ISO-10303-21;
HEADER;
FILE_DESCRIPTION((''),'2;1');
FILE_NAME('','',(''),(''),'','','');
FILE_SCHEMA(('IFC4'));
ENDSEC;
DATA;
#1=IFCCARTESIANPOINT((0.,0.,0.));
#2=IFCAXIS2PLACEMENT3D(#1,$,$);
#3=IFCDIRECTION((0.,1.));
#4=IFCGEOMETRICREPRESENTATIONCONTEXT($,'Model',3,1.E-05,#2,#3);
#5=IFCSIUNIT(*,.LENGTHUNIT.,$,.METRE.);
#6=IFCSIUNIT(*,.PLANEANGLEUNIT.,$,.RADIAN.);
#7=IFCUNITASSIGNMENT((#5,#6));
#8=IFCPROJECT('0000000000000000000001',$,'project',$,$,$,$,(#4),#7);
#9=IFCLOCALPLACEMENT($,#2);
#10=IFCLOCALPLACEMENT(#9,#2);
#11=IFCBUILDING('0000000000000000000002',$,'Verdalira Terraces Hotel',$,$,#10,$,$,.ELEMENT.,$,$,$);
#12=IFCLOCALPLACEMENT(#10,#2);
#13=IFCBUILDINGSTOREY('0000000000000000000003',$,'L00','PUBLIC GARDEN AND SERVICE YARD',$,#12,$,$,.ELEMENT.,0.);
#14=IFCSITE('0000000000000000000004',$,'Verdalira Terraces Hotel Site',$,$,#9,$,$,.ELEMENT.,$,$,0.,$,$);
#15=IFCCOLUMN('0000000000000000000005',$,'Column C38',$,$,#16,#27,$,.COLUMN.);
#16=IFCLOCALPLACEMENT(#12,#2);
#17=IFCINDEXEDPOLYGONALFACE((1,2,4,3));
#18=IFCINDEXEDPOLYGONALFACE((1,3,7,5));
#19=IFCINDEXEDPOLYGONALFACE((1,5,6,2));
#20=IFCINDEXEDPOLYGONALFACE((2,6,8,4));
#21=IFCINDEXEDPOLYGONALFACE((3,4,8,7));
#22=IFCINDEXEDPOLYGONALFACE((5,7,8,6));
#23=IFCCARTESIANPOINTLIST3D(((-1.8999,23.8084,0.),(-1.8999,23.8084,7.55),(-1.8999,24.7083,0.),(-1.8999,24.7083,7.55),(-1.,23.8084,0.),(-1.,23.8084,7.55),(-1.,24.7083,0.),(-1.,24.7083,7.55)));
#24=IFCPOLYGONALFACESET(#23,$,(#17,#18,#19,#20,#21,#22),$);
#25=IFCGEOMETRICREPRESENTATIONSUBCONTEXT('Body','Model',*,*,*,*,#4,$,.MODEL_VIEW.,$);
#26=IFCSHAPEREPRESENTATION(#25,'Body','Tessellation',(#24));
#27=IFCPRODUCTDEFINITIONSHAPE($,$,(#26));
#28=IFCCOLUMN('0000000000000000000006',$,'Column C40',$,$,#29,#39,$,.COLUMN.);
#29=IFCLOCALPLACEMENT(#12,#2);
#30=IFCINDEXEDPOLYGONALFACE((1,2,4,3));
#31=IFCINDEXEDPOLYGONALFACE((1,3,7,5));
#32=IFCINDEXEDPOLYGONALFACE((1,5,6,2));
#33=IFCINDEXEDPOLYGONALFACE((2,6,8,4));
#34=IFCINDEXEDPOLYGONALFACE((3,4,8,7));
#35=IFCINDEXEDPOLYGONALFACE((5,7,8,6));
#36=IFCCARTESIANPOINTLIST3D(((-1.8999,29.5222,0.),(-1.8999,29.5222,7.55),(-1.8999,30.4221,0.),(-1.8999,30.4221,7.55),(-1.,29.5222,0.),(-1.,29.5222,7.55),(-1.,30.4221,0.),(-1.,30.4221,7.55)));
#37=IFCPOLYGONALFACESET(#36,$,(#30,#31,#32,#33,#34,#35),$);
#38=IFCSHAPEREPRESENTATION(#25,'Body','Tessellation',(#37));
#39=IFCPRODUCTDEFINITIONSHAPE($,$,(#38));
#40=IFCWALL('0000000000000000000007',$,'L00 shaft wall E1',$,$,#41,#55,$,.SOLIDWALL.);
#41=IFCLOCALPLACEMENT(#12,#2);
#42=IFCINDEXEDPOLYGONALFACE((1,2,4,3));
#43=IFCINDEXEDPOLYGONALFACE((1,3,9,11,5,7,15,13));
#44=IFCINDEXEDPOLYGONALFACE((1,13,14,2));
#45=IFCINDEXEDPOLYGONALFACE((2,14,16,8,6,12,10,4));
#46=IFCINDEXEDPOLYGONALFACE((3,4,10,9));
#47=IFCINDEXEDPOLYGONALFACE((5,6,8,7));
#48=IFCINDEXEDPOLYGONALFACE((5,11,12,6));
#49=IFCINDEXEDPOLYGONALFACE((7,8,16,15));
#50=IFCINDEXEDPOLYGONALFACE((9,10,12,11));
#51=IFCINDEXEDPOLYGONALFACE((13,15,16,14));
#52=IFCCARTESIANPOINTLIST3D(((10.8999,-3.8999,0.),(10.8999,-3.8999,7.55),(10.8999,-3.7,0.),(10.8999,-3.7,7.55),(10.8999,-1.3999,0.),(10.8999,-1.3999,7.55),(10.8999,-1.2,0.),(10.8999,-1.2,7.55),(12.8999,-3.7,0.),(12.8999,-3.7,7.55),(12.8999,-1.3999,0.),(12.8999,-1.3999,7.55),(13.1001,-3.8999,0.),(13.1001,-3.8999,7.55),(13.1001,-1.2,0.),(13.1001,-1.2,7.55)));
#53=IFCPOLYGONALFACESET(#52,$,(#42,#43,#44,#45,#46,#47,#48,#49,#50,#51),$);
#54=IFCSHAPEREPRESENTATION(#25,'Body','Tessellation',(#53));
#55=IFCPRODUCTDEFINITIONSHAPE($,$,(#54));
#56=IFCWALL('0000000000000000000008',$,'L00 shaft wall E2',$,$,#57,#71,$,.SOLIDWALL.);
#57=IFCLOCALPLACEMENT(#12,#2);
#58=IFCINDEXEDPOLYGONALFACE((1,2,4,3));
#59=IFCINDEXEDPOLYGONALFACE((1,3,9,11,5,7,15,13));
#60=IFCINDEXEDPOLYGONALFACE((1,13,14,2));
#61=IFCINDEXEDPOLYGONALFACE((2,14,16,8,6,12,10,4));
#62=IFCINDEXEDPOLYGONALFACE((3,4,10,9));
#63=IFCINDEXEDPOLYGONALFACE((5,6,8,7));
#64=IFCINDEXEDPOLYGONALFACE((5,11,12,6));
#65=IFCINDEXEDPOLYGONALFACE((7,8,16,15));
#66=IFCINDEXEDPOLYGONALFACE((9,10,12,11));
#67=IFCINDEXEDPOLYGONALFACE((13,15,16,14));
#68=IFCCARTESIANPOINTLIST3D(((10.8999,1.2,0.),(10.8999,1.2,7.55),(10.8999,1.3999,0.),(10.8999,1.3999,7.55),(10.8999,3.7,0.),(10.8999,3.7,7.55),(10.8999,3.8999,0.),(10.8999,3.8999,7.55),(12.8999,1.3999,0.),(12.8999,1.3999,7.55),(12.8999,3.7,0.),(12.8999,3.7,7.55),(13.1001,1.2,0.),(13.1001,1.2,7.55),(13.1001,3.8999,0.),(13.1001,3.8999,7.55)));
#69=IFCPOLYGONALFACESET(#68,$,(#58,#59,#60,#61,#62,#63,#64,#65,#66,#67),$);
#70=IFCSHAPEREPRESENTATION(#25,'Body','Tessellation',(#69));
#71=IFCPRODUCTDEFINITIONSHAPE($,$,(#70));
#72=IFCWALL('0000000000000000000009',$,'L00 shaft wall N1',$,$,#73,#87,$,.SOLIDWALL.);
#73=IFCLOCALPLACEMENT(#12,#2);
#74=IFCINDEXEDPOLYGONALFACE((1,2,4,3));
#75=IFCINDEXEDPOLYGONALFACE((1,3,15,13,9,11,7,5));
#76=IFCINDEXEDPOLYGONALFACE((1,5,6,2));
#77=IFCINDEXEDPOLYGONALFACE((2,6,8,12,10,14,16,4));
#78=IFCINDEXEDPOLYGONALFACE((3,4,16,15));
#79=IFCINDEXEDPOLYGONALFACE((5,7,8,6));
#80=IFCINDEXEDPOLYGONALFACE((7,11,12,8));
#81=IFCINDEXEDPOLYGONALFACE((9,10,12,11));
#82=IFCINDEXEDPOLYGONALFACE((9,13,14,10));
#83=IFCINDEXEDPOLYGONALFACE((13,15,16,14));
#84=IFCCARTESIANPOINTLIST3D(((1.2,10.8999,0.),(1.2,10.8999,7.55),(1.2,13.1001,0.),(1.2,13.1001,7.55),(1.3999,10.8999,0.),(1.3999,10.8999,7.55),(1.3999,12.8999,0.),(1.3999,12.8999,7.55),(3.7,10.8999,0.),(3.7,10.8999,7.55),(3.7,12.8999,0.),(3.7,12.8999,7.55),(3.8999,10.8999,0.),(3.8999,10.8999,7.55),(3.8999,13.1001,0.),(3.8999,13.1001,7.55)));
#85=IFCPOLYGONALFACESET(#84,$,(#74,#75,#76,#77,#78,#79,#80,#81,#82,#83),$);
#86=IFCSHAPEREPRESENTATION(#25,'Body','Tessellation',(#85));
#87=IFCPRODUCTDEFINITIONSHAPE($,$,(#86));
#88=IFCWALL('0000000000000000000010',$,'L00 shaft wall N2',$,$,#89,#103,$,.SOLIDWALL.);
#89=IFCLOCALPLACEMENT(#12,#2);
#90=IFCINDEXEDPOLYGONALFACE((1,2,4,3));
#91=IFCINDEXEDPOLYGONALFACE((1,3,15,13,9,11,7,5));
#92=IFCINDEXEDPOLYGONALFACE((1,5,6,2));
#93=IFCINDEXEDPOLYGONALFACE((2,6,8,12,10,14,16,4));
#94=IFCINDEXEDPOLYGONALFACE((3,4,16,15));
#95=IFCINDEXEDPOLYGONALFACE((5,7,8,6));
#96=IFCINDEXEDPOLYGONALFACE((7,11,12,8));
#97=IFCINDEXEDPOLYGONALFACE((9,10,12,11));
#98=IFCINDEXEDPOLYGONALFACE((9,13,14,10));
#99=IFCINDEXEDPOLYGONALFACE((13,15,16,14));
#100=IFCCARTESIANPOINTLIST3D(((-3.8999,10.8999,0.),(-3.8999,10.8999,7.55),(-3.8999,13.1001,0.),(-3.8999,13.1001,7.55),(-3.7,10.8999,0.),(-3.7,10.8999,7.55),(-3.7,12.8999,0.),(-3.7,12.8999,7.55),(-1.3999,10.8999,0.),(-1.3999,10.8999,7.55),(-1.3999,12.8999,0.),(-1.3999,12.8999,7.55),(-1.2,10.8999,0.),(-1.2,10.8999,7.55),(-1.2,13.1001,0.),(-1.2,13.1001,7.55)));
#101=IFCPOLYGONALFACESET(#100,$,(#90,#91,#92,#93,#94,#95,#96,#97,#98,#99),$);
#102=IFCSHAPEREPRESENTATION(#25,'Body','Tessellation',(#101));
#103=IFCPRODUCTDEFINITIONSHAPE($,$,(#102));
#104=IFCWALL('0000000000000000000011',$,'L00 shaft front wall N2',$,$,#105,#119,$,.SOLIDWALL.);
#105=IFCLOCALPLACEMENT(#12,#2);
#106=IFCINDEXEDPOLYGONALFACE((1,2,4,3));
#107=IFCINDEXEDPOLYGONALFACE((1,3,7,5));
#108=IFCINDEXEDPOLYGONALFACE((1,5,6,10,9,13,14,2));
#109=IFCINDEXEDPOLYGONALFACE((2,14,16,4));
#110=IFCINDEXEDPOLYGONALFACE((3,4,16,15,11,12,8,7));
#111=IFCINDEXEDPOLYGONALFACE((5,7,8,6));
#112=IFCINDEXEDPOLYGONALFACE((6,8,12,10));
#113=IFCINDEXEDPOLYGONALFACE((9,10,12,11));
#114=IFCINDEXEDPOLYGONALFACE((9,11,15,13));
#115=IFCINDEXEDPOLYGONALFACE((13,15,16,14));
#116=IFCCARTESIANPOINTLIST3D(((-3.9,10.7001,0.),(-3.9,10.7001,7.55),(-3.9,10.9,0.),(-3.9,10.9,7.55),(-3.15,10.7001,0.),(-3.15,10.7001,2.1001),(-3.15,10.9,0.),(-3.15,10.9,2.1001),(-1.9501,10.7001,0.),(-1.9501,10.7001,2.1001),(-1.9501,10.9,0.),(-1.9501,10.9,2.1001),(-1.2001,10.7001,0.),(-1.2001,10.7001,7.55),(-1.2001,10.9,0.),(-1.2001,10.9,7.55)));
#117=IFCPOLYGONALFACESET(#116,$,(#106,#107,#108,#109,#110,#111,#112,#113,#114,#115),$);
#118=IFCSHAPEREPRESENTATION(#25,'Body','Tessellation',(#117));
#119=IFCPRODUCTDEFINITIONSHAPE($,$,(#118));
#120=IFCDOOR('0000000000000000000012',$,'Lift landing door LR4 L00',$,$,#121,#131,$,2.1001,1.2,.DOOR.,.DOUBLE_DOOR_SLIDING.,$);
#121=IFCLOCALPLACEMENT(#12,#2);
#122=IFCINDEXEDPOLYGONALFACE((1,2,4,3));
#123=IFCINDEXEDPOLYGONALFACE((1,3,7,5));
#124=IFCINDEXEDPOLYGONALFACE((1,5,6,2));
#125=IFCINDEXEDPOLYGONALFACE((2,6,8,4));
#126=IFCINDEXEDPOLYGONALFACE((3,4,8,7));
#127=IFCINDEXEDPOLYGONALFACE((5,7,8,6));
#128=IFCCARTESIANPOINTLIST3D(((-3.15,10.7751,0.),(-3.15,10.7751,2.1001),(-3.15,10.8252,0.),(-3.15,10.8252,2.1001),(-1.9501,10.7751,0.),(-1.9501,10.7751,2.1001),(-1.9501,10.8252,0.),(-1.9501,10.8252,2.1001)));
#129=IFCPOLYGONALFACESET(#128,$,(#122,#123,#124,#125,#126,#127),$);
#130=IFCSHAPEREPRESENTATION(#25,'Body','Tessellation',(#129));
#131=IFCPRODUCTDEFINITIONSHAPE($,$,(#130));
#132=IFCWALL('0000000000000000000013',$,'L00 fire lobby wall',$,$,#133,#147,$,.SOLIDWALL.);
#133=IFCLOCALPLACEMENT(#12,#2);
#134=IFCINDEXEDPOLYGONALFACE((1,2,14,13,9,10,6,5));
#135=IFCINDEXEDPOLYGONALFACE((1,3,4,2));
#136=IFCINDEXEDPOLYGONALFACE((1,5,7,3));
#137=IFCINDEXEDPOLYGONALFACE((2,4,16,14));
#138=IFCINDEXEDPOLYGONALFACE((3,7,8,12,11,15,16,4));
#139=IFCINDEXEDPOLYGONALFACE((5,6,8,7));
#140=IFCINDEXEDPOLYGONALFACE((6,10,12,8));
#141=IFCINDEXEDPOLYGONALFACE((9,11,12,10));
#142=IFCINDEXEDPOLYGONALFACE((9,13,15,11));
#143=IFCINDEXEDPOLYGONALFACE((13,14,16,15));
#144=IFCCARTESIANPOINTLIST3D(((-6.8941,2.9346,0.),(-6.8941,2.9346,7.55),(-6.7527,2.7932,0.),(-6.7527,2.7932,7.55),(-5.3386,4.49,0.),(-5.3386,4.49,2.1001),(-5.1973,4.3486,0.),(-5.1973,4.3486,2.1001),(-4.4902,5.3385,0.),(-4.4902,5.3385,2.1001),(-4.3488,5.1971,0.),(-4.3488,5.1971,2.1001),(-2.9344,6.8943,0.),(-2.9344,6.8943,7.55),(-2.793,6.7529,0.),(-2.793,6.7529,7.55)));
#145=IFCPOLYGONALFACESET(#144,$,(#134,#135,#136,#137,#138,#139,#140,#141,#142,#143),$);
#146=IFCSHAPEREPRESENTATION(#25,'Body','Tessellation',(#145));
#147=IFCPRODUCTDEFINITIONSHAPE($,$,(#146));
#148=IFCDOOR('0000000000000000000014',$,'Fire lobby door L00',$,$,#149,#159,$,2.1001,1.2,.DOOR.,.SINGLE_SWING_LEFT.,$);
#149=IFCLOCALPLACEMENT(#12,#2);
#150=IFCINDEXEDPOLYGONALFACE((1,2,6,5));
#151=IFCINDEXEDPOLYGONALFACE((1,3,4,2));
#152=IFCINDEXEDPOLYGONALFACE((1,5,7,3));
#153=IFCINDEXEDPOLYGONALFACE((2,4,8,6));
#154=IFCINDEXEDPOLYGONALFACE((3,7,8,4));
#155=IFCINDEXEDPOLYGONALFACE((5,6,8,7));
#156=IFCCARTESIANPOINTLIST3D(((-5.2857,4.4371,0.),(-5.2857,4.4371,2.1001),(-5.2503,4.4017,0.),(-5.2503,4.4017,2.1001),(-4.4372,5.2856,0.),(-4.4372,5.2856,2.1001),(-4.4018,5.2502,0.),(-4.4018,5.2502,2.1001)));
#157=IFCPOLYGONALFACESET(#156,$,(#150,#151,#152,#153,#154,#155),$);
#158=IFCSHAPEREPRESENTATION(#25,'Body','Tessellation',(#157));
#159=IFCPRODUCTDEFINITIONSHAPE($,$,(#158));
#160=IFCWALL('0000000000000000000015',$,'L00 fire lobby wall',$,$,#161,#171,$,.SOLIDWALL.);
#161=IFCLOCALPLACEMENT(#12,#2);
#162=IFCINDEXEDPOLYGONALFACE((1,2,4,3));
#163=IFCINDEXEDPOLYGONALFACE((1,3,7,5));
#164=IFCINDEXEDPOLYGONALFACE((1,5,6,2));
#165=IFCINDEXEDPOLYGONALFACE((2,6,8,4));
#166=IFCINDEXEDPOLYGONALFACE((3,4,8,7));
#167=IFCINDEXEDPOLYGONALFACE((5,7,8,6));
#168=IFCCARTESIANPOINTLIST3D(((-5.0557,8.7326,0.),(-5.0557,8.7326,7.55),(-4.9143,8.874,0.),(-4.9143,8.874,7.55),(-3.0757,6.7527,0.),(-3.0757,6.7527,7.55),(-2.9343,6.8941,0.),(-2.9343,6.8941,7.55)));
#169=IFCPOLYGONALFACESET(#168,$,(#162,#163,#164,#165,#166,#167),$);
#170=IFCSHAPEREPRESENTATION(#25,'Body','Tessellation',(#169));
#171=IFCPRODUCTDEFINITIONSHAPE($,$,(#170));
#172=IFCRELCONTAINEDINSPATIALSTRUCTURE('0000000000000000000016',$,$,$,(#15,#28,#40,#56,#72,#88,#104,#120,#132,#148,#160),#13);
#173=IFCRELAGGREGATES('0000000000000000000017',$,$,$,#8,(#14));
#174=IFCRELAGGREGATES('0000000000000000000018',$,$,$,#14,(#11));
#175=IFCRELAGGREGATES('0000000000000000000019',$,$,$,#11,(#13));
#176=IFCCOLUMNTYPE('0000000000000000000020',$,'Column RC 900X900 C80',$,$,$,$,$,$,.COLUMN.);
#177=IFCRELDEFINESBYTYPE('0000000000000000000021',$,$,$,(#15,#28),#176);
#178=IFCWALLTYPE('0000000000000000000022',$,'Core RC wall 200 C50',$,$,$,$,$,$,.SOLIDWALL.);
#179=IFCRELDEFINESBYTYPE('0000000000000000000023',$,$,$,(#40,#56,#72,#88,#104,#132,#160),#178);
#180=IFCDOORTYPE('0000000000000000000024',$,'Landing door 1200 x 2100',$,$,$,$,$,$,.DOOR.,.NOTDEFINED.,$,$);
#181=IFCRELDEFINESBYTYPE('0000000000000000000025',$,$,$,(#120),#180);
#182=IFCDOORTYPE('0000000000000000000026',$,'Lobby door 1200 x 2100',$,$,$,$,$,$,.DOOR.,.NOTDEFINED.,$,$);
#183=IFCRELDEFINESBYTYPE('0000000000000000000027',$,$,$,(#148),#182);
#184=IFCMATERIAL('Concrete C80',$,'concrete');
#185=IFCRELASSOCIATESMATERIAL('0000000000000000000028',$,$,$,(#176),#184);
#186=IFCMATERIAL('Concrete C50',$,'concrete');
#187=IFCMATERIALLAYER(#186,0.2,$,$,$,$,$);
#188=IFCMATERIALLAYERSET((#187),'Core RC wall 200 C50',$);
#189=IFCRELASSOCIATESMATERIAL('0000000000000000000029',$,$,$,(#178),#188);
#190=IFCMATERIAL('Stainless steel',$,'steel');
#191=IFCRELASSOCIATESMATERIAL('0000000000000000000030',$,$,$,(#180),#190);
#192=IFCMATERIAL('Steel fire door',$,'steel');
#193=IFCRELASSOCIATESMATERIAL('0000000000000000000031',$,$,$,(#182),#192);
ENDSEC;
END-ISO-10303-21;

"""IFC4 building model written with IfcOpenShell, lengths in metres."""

from ifc_helpers import new_model, si_unit, direction, frame, frame_2d, origin, origin_2d, place, context, subcontext, project, spatial, polyline, rectangle, outline, extrude, material, layer, layer_set, material_profile, profile_set, type_object, element, fill, save


model = new_model("IFC4")

# Units and contexts
model_context = context("Model", 3, precision=1e-05, world=origin(), true_north=direction((0.0, 1.0)))
body_context = subcontext(model_context, "Body", "Model", "MODEL_VIEW")
ifc_project = project(units=[si_unit("LENGTHUNIT", "METRE"), si_unit("PLANEANGLEUNIT", "RADIAN")], contexts=[model_context])

# Site, building, storey
site_placement = place(None, origin())
site = spatial("IfcSite", under=ifc_project, at=site_placement, Name="Verdalira Terraces Hotel Site", CompositionType="ELEMENT", RefElevation=0.0)
building_placement = place(site_placement, origin())
building = spatial("IfcBuilding", under=site, at=building_placement, Name="Verdalira Terraces Hotel", CompositionType="ELEMENT")
storey_placement = place(building_placement, origin())
storey = spatial("IfcBuildingStorey", under=building, at=storey_placement, Name="L00", Description="PUBLIC GARDEN AND SERVICE YARD", CompositionType="ELEMENT", Elevation=0.0)

# Columns
ifc_material_1 = material(Name="Concrete C80", Category="concrete")
ifc_material_profile = material_profile(ifc_material_1, rectangle(XDim=0.8999, YDim=0.8999, at=origin_2d()), Name="RC 900X900")
ifc_profile_set = profile_set([ifc_material_profile], Name="Concrete C80")
column_type = type_object("IfcColumnType", Name="Column RC 900X900 C80", PredefinedType="COLUMN", material=ifc_profile_set)
for number, where, z_axis, x_axis, name in (
    (1, (-1.45, 24.2583, 0.0), (0.0, 0.0, 1.0), (0.0, 1.0, 0.0), "Column C38"),
    (2, (-1.45, 29.9722, 0.0), (0.0, 0.0, 1.0), (0.0, 1.0, 0.0), "Column C40"),
):
    element("IfcColumn", number, at=place(storey_placement, frame(where, z_axis=z_axis, x_axis=x_axis)), inside=storey, type_object=column_type, Name=name, PredefinedType="COLUMN", context=body_context, shape_type="SweptSolid", body=[
        extrude(rectangle(XDim=0.8999, YDim=0.8999, at=origin_2d()), origin(), (0.0, 0.0, 1.0), 7.55),
    ])

# Walls
ifc_material_2 = material(Name="Concrete C50", Category="concrete")
ifc_layer_1 = layer(ifc_material_2, 0.2)
ifc_layer_set_1 = layer_set([ifc_layer_1], Name="Core RC wall 200 C50")
wall_type_1 = type_object("IfcWallType", Name="Core RC wall 200 C50", PredefinedType="SOLIDWALL", material=ifc_layer_set_1)
wall_1_placement = place(storey_placement, origin())
element("IfcWall", 3, at=wall_1_placement, inside=storey, type_object=wall_type_1, Name="L00 shaft wall E1", PredefinedType="SOLIDWALL", context=body_context, shape_type="SweptSolid", body=[
    extrude(outline(polyline([(13.1001, -3.8999), (10.8999, -3.8999), (10.8999, -3.7), (12.8999, -3.7), (12.8999, -1.3999), (10.8999, -1.3999), (10.8999, -1.2), (13.1001, -1.2), (13.1001, -3.8999)])), origin(), (0.0, 0.0, 1.0), 7.55),
])
wall_2_placement = place(storey_placement, origin())
element("IfcWall", 4, at=wall_2_placement, inside=storey, type_object=wall_type_1, Name="L00 shaft wall E2", PredefinedType="SOLIDWALL", context=body_context, shape_type="SweptSolid", body=[
    extrude(outline(polyline([(13.1001, 3.8999), (13.1001, 1.2), (10.8999, 1.2), (10.8999, 1.3999), (12.8999, 1.3999), (12.8999, 3.7), (10.8999, 3.7), (10.8999, 3.8999), (13.1001, 3.8999)])), origin(), (0.0, 0.0, 1.0), 7.55),
])
wall_3_placement = place(storey_placement, origin())
element("IfcWall", 5, at=wall_3_placement, inside=storey, type_object=wall_type_1, Name="L00 shaft wall N1", PredefinedType="SOLIDWALL", context=body_context, shape_type="SweptSolid", body=[
    extrude(outline(polyline([(3.8999, 13.1001), (3.8999, 10.8999), (3.7, 10.8999), (3.7, 12.8999), (1.3999, 12.8999), (1.3999, 10.8999), (1.2, 10.8999), (1.2, 13.1001), (3.8999, 13.1001)])), origin(), (0.0, 0.0, 1.0), 7.55),
])
wall_4_placement = place(storey_placement, origin())
element("IfcWall", 6, at=wall_4_placement, inside=storey, type_object=wall_type_1, Name="L00 shaft wall N2", PredefinedType="SOLIDWALL", context=body_context, shape_type="SweptSolid", body=[
    extrude(outline(polyline([(-3.8999, 10.8999), (-3.8999, 13.1001), (-1.2, 13.1001), (-1.2, 10.8999), (-1.3999, 10.8999), (-1.3999, 12.8999), (-3.7, 12.8999), (-3.7, 10.8999), (-3.8999, 10.8999)])), origin(), (0.0, 0.0, 1.0), 7.55),
])

# Walls, openings, doors
wall_5_placement = place(storey_placement, frame((-1.2, 10.8, 0.0), z_axis=(0.0, 0.0, 1.0), x_axis=(-1.0, 0.0, 0.0)))
wall_5 = element("IfcWall", 7, at=wall_5_placement, inside=storey, type_object=wall_type_1, Name="L00 shaft front wall N2", PredefinedType="SOLIDWALL", context=body_context, shape_type="SweptSolid", body=[
    extrude(rectangle(XDim=2.7, YDim=0.2, at=frame_2d((1.3501, 0.0))), origin(), (0.0, 0.0, 1.0), 7.55),
])
opening_1_placement = place(wall_5_placement, frame((0.75, 0.0, 0.0)))
opening_1 = element("IfcOpeningElement", 8, at=opening_1_placement, cuts=wall_5, PredefinedType="OPENING", context=body_context, shape_type="SweptSolid", body=[
    extrude(rectangle(XDim=1.2, YDim=2.1001, at=frame_2d((0.6001, 1.05))), frame((0.0, 0.1099, 0.0), z_axis=(0.0, -1.0, 0.0), x_axis=(1.0, 0.0, 0.0)), (0.0, 0.0, 1.0), 0.22),
])
ifc_material_3 = material(Name="Stainless steel", Category="steel")
door_type_1 = type_object("IfcDoorType", Name="Landing door 1200 x 2100", OperationType="NOTDEFINED", PredefinedType="DOOR", material=ifc_material_3)
door_1_placement = place(opening_1_placement, origin())
door_1 = element("IfcDoor", 9, at=door_1_placement, inside=storey, type_object=door_type_1, Name="Lift landing door LR4 L00", OperationType="DOUBLE_DOOR_SLIDING", OverallHeight=2.1001, OverallWidth=1.2, PredefinedType="DOOR", context=body_context, shape_type="SweptSolid", body=[
    extrude(rectangle(XDim=1.2, YDim=2.1001, at=frame_2d((0.6001, 1.05))), frame((0.0, 0.0249, 0.0), z_axis=(0.0, -1.0, 0.0), x_axis=(1.0, 0.0, 0.0)), (0.0, 0.0, 1.0), 0.05),
])
fill(opening_1, door_1)
wall_6_placement = place(storey_placement, frame((-2.8638, 6.8235, 0.0), z_axis=(0.0, 0.0, 1.0), x_axis=(-0.707107, -0.707107, 0.0)))
wall_6 = element("IfcWall", 10, at=wall_6_placement, inside=storey, type_object=wall_type_1, Name="L00 fire lobby wall", PredefinedType="SOLIDWALL", context=body_context, shape_type="SweptSolid", body=[
    extrude(rectangle(XDim=5.5999, YDim=0.2, at=frame_2d((2.7998, 0.0))), origin(), (0.0, 0.0, 1.0), 7.55),
])
opening_2_placement = place(wall_6_placement, frame((2.2, 0.0, 0.0)))
opening_2 = element("IfcOpeningElement", 11, at=opening_2_placement, cuts=wall_6, PredefinedType="OPENING", context=body_context, shape_type="SweptSolid", body=[
    extrude(rectangle(XDim=1.2, YDim=2.1001, at=frame_2d((0.6001, 1.05))), frame((0.0, 0.1099, 0.0), z_axis=(0.0, -1.0, 0.0), x_axis=(1.0, 0.0, 0.0)), (0.0, 0.0, 1.0), 0.22),
])
ifc_material_4 = material(Name="Steel fire door", Category="steel")
door_type_2 = type_object("IfcDoorType", Name="Lobby door 1200 x 2100", OperationType="NOTDEFINED", PredefinedType="DOOR", material=ifc_material_4)
door_2_placement = place(opening_2_placement, origin())
door_2 = element("IfcDoor", 12, at=door_2_placement, inside=storey, type_object=door_type_2, Name="Fire lobby door L00", OperationType="SINGLE_SWING_LEFT", OverallHeight=2.1001, OverallWidth=1.2, PredefinedType="DOOR", context=body_context, shape_type="SweptSolid", body=[
    extrude(rectangle(XDim=1.2, YDim=2.1001, at=frame_2d((0.6001, 1.05))), frame((0.0, 0.0249, 0.0), z_axis=(0.0, -1.0, 0.0), x_axis=(1.0, 0.0, 0.0)), (0.0, 0.0, 1.0), 0.05),
])
fill(opening_2, door_2)

# Wall
wall_7_placement = place(storey_placement, frame((-3.0051, 6.8235, 0.0), z_axis=(0.0, 0.0, 1.0), x_axis=(-0.707107, 0.707107, 0.0)))
element("IfcWall", 13, at=wall_7_placement, inside=storey, type_object=wall_type_1, Name="L00 fire lobby wall", PredefinedType="SOLIDWALL", context=body_context, shape_type="SweptSolid", body=[
    extrude(rectangle(XDim=2.8, YDim=0.2, at=frame_2d((1.3999, 0.0))), origin(), (0.0, 0.0, 1.0), 7.55),
])

save(model, "model.ifc")
